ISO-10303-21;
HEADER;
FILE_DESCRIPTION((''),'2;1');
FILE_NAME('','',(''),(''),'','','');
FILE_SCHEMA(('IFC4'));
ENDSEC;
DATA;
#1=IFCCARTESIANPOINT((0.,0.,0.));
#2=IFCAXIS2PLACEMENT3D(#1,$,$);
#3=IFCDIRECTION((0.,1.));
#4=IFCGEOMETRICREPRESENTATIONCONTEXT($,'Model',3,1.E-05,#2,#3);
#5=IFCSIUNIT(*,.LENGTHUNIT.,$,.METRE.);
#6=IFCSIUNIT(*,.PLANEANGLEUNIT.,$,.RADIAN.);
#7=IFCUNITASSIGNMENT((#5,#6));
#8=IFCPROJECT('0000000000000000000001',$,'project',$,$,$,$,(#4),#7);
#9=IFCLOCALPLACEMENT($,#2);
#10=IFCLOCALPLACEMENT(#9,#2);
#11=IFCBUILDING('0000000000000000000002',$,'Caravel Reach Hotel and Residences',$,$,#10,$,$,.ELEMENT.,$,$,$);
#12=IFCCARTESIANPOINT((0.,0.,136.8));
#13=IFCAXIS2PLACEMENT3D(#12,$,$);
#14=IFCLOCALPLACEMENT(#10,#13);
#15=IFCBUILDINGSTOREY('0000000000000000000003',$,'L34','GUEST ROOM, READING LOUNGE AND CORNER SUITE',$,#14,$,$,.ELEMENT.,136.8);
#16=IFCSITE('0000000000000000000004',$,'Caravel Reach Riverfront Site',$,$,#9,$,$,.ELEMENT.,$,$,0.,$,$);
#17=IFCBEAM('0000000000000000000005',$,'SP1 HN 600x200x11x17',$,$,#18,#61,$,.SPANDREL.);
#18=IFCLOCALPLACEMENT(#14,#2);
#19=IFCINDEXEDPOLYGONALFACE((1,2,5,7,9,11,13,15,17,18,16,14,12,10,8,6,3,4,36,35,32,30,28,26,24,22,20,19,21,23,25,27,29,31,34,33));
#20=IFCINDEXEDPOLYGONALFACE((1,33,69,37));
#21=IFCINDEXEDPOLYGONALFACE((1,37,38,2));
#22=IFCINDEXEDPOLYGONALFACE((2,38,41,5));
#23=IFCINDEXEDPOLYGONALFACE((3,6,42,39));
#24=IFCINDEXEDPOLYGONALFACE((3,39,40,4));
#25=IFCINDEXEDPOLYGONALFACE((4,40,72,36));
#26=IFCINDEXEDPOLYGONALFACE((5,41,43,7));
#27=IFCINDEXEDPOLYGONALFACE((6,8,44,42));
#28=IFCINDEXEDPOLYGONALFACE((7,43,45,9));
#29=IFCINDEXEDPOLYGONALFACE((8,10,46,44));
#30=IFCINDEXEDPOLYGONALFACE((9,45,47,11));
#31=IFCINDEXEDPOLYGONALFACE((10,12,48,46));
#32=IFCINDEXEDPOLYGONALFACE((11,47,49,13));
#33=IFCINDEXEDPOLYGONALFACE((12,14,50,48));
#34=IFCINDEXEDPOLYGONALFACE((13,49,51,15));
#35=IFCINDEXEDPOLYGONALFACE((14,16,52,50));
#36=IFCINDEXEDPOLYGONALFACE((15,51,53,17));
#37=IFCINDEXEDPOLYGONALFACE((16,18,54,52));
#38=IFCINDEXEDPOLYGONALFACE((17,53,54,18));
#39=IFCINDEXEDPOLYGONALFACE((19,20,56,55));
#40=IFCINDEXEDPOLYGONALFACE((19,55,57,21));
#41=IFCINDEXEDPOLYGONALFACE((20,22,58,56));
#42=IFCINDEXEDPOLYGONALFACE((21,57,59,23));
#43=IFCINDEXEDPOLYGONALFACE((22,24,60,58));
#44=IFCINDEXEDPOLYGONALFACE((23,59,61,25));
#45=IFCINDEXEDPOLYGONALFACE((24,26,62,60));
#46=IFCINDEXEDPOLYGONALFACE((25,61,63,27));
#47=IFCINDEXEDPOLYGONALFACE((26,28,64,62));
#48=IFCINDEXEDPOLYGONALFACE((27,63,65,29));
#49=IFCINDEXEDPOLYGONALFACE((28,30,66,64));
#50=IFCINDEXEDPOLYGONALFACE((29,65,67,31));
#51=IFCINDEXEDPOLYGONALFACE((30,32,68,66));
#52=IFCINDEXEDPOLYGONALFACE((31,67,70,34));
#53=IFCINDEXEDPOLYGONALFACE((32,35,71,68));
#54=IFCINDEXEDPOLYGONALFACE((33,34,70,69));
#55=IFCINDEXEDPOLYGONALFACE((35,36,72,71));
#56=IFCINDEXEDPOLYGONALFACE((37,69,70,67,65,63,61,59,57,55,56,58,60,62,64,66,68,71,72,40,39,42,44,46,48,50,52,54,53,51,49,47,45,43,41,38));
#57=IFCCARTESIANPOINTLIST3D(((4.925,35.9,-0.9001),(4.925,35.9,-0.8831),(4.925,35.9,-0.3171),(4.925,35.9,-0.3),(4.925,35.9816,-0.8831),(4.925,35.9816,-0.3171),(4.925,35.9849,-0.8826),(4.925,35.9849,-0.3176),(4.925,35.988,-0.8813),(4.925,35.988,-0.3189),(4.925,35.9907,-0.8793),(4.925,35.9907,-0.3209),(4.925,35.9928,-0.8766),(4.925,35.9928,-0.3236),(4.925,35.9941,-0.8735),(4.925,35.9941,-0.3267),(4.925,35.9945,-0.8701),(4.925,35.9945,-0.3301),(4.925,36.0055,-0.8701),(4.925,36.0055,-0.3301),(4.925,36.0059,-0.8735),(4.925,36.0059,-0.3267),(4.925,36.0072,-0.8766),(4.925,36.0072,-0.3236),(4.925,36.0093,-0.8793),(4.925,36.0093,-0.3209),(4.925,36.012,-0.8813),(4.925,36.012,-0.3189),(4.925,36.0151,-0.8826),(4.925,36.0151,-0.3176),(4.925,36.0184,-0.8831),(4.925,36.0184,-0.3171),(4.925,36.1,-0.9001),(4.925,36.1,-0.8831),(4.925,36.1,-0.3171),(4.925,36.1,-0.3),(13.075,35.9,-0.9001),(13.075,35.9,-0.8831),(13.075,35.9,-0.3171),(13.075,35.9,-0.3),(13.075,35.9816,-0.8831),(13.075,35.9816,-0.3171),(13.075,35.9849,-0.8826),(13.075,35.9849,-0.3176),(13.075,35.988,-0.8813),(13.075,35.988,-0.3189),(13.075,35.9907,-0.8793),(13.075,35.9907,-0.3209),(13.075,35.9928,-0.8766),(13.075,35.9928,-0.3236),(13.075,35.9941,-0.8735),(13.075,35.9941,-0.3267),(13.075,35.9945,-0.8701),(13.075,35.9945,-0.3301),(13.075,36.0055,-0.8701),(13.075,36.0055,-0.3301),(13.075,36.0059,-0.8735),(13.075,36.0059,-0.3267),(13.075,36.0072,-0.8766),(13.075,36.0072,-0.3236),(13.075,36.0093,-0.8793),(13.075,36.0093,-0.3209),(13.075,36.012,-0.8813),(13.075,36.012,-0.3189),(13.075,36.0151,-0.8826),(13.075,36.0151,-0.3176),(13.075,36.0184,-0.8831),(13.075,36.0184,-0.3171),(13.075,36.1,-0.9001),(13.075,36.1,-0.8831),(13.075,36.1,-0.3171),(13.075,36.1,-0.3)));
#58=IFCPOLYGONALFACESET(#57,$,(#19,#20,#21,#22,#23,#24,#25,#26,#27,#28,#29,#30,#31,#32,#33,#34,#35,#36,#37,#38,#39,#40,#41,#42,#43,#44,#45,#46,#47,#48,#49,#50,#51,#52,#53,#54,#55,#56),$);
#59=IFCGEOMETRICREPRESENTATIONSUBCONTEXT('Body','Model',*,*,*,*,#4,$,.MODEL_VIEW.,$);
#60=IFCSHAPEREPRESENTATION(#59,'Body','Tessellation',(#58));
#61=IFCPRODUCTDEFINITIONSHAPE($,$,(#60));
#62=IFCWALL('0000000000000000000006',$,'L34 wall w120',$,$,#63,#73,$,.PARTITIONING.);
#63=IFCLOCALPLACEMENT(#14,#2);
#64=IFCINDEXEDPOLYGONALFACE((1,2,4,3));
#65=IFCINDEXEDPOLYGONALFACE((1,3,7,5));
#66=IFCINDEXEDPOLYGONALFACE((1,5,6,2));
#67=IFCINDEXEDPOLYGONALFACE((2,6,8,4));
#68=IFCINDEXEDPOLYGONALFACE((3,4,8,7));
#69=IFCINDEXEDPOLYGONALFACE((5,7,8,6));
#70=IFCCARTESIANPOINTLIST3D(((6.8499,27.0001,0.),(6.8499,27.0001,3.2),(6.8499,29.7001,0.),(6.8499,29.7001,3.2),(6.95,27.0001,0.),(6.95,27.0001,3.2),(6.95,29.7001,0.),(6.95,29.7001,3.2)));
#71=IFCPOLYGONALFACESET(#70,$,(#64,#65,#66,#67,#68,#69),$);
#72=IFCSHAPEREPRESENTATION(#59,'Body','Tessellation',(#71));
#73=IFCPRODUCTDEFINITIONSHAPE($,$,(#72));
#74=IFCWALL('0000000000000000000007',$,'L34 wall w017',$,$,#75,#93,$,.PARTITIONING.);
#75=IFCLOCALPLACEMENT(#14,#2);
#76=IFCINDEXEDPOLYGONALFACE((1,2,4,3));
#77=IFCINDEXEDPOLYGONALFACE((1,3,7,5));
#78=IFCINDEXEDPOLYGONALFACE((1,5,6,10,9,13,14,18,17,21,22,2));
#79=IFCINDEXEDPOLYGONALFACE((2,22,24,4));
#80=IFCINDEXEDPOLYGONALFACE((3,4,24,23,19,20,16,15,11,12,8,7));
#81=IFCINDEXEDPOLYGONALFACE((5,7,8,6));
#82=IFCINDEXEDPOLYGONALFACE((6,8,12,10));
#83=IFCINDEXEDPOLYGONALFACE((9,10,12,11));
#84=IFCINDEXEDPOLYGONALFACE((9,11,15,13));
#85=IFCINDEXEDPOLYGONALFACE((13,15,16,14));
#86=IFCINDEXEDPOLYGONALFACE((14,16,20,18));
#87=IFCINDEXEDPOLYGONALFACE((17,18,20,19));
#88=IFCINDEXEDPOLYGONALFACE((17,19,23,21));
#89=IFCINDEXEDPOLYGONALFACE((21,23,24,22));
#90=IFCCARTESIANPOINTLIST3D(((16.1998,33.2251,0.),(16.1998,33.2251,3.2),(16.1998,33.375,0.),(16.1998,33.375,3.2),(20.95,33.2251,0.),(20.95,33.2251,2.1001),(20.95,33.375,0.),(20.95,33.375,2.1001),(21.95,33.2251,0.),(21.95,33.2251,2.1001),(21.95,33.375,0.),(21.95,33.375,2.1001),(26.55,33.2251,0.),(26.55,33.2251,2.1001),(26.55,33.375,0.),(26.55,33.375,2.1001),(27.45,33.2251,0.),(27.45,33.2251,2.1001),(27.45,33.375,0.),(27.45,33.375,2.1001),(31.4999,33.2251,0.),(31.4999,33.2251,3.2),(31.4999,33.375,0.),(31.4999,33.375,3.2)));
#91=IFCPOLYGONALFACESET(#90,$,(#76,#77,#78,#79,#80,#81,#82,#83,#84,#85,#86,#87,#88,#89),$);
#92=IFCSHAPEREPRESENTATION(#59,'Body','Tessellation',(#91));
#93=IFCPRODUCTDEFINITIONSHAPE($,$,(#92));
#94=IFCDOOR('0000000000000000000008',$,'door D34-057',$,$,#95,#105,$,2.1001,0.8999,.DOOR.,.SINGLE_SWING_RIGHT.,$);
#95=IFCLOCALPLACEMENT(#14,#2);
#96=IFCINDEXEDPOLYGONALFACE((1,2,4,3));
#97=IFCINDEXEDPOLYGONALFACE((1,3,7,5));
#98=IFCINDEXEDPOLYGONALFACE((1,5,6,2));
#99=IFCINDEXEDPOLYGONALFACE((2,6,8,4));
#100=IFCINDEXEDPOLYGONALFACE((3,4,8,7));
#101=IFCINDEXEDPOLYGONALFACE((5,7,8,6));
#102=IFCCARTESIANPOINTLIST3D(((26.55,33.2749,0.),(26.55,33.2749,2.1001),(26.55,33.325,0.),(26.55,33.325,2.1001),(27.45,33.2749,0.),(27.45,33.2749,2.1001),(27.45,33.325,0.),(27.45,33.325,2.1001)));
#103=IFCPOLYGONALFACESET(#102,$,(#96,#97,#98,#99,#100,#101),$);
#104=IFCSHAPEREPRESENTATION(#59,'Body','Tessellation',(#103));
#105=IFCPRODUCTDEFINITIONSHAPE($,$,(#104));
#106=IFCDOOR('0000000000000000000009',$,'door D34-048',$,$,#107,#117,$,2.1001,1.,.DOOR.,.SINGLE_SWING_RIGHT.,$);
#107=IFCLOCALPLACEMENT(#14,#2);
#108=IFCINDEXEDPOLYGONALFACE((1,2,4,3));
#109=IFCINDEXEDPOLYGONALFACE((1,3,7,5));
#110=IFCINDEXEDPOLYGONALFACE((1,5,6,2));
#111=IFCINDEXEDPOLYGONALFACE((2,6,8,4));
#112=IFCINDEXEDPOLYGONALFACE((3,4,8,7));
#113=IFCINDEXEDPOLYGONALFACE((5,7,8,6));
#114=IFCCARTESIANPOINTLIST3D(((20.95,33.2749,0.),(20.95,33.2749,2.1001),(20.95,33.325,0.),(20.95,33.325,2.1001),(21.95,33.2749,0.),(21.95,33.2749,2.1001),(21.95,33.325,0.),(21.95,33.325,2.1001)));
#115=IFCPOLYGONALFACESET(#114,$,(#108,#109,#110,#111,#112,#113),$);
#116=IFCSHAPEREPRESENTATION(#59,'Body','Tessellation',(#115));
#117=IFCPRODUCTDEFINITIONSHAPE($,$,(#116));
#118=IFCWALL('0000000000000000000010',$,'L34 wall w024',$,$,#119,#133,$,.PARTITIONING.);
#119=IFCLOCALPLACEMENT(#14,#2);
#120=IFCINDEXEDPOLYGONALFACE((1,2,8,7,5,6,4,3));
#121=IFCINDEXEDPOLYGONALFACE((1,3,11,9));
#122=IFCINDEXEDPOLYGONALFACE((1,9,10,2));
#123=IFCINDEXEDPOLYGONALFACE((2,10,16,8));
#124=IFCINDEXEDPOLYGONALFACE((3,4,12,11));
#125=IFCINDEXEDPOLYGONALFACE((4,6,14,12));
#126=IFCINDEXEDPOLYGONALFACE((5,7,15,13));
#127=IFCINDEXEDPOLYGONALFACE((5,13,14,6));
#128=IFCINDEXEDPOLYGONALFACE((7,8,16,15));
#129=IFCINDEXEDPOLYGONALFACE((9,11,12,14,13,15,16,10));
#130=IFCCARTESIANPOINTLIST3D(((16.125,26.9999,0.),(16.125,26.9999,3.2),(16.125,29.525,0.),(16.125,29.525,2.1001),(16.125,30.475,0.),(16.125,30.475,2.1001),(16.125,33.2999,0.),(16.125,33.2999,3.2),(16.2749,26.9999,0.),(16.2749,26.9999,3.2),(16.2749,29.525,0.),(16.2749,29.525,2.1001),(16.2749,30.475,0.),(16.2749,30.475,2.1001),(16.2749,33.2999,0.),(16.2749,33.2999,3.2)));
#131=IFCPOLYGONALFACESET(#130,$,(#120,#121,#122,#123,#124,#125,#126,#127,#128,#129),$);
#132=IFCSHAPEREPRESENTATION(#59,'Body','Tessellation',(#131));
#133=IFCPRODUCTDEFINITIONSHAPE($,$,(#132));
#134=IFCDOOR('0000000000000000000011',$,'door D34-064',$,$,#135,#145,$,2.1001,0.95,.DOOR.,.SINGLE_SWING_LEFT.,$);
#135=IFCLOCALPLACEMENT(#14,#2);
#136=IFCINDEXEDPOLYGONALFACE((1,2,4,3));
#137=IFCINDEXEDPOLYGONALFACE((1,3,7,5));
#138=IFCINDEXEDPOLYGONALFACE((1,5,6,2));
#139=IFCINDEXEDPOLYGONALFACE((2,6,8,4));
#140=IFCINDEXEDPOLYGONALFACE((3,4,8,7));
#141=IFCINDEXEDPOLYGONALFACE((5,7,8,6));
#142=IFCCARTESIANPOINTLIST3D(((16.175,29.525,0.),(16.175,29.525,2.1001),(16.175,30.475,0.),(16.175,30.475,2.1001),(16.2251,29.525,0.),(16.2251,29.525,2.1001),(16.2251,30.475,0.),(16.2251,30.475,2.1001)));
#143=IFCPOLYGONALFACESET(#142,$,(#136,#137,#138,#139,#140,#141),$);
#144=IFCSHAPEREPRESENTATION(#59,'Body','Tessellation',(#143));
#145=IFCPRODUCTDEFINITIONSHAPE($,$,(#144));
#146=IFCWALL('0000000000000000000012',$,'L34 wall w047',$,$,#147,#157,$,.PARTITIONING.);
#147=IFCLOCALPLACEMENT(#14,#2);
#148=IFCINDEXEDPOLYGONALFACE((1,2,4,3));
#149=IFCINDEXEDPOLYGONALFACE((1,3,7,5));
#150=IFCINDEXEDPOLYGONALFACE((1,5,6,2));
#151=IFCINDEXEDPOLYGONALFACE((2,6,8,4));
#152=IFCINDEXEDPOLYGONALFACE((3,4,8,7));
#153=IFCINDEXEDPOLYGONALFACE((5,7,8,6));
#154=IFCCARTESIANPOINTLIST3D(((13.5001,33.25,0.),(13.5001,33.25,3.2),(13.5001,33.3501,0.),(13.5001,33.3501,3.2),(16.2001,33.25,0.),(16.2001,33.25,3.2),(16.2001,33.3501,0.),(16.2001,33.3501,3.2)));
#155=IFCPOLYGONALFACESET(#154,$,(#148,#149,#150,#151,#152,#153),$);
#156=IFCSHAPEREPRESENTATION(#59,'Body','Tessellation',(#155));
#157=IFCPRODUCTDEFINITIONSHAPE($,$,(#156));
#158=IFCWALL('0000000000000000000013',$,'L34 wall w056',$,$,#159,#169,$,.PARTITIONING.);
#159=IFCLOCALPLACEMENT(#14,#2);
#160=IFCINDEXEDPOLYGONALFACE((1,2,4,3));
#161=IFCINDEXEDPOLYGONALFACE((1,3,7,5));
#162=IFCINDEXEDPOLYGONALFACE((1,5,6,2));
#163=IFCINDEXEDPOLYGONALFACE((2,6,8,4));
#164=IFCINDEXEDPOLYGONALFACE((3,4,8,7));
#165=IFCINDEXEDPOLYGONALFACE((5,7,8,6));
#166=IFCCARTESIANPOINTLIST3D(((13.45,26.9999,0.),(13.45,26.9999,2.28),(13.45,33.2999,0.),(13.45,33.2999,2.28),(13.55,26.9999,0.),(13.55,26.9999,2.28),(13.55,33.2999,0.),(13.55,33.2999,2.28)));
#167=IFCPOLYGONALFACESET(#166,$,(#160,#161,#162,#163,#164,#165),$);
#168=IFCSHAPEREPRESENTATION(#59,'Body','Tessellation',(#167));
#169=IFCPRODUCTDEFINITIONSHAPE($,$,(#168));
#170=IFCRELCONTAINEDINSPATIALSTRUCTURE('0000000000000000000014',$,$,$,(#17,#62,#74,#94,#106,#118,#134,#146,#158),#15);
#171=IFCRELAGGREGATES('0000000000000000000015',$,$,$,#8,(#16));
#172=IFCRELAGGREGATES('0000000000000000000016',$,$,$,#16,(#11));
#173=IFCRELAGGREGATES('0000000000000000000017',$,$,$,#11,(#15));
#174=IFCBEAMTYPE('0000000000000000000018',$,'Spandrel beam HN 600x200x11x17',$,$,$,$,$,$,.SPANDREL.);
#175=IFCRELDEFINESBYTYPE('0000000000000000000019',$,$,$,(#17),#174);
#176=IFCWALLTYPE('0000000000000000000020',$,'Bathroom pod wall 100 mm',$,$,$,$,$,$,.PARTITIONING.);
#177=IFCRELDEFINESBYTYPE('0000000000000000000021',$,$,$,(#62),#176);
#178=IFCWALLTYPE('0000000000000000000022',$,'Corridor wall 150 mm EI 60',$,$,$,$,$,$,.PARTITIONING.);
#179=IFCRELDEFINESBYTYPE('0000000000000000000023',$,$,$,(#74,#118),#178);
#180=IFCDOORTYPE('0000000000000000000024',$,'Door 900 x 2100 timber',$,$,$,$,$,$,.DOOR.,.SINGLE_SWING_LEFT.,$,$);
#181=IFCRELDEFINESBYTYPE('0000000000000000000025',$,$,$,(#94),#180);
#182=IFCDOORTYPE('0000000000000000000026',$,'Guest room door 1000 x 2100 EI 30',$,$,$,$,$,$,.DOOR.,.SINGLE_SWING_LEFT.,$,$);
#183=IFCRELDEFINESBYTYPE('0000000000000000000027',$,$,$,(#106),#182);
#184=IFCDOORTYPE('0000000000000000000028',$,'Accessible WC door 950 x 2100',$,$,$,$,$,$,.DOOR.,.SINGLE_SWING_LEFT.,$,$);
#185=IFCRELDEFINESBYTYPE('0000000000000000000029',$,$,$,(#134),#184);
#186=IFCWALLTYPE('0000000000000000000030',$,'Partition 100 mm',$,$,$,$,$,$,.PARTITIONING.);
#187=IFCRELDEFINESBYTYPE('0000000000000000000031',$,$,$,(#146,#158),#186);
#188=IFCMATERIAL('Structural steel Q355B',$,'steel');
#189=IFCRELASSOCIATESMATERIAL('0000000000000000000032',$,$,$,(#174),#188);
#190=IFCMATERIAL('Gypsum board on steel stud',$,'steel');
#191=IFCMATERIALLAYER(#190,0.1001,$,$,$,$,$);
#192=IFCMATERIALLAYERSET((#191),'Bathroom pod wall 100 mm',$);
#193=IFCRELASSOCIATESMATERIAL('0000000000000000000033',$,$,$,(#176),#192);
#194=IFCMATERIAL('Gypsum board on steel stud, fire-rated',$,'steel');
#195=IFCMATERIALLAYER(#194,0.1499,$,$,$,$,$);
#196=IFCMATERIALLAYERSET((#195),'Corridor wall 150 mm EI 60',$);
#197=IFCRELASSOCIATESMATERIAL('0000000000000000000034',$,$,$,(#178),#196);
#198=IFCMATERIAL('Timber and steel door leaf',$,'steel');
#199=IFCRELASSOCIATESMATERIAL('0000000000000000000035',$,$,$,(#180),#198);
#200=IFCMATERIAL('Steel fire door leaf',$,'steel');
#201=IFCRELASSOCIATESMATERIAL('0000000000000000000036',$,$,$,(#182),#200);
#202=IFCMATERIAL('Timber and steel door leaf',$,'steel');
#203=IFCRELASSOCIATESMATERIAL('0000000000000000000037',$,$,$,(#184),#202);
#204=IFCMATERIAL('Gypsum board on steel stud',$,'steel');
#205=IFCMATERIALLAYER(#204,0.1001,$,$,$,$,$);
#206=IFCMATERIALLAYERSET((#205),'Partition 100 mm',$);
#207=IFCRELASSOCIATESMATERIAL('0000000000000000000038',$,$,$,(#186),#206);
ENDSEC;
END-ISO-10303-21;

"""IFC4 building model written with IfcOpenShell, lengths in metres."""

from ifc_helpers import new_model, si_unit, direction, frame, frame_2d, origin, origin_2d, place, context, subcontext, project, spatial, rectangle, i_section, extrude, material, layer, layer_set, material_profile, profile_set, type_object, element, fill, save


model = new_model("IFC4")

# Units and contexts
model_context = context("Model", 3, precision=1e-05, world=origin(), true_north=direction((0.0, 1.0)))
body_context = subcontext(model_context, "Body", "Model", "MODEL_VIEW")
ifc_project = project(units=[si_unit("LENGTHUNIT", "METRE"), si_unit("PLANEANGLEUNIT", "RADIAN")], contexts=[model_context])

# Site, building, storey
site_placement = place(None, origin())
site = spatial("IfcSite", under=ifc_project, at=site_placement, Name="Caravel Reach Riverfront Site", CompositionType="ELEMENT", RefElevation=0.0)
building_placement = place(site_placement, origin())
building = spatial("IfcBuilding", under=site, at=building_placement, Name="Caravel Reach Hotel and Residences", CompositionType="ELEMENT")
storey_placement = place(building_placement, frame((0.0, 0.0, 136.8)))
storey = spatial("IfcBuildingStorey", under=building, at=storey_placement, Name="L34", Description="GUEST ROOM, READING LOUNGE AND CORNER SUITE", CompositionType="ELEMENT", Elevation=136.8)

# Beam
ifc_material_1 = material(Name="Structural steel Q355B", Category="steel")
ifc_material_profile_1 = material_profile(ifc_material_1, i_section(OverallWidth=0.2, OverallDepth=0.6001, WebThickness=0.011, FlangeThickness=0.0171, FilletRadius=0.0129, at=origin_2d()), Name="HN 600x200x11x17")
ifc_profile_set_1 = profile_set([ifc_material_profile_1], Name="Structural steel Q355B")
beam_type_1 = type_object("IfcBeamType", Name="Spandrel beam HN 600x200x11x17", PredefinedType="SPANDREL", material=ifc_profile_set_1)
beam_1_placement = place(storey_placement, frame((13.075, 36.0, -0.6001), z_axis=(-1.0, 0.0, 0.0), x_axis=(0.0, -1.0, 0.0)))
element("IfcBeam", 1, at=beam_1_placement, inside=storey, type_object=beam_type_1, Name="SP1 HN 600x200x11x17", PredefinedType="SPANDREL", context=body_context, shape_type="SweptSolid", body=[
    extrude(i_section(OverallWidth=0.2, OverallDepth=0.6001, WebThickness=0.011, FlangeThickness=0.0171, FilletRadius=0.0129, at=origin_2d()), origin(), (0.0, 0.0, 1.0), 8.1499),
])

# Wall
ifc_material_2 = material(Name="Gypsum board on steel stud", Category="steel")
ifc_layer_1 = layer(ifc_material_2, 0.1001)
ifc_layer_set_1 = layer_set([ifc_layer_1], Name="Bathroom pod wall 100 mm")
wall_type_1 = type_object("IfcWallType", Name="Bathroom pod wall 100 mm", PredefinedType="PARTITIONING", material=ifc_layer_set_1)
wall_1_placement = place(storey_placement, frame((6.8999, 27.0, 0.0), z_axis=(0.0, 0.0, 1.0), x_axis=(0.0, 1.0, 0.0)))
element("IfcWall", 2, at=wall_1_placement, inside=storey, type_object=wall_type_1, Name="L34 wall w120", PredefinedType="PARTITIONING", context=body_context, shape_type="SweptSolid", body=[
    extrude(rectangle(XDim=2.7, YDim=0.1001, at=frame_2d((1.3501, 0.0))), origin(), (0.0, 0.0, 1.0), 3.2),
])

# Wall, openings, doors
ifc_material_3 = material(Name="Gypsum board on steel stud, fire-rated", Category="steel")
ifc_layer_2 = layer(ifc_material_3, 0.1499)
ifc_layer_set_2 = layer_set([ifc_layer_2], Name="Corridor wall 150 mm EI 60")
wall_type_2 = type_object("IfcWallType", Name="Corridor wall 150 mm EI 60", PredefinedType="PARTITIONING", material=ifc_layer_set_2)
wall_2_placement = place(storey_placement, frame((16.2, 33.3, 0.0), z_axis=(0.0, 0.0, 1.0), x_axis=(1.0, 0.0, 0.0)))
wall_2 = element("IfcWall", 3, at=wall_2_placement, inside=storey, type_object=wall_type_2, Name="L34 wall w017", PredefinedType="PARTITIONING", context=body_context, shape_type="SweptSolid", body=[
    extrude(rectangle(XDim=15.3, YDim=0.1499, at=frame_2d((7.6499, 0.0))), origin(), (0.0, 0.0, 1.0), 3.2),
])
opening_1_placement = place(wall_2_placement, frame((4.75, 0.0, 0.0)))
opening_1 = element("IfcOpeningElement", 4, at=opening_1_placement, cuts=wall_2, PredefinedType="OPENING", context=body_context, shape_type="SweptSolid", body=[
    extrude(rectangle(XDim=1.0, YDim=2.1001, at=frame_2d((0.5, 1.05))), frame((0.0, 0.085, 0.0), z_axis=(0.0, -1.0, 0.0), x_axis=(1.0, 0.0, 0.0)), (0.0, 0.0, 1.0), 0.1699),
])
opening_2_placement = place(wall_2_placement, frame((10.3501, 0.0, 0.0)))
opening_2 = element("IfcOpeningElement", 5, at=opening_2_placement, cuts=wall_2, PredefinedType="OPENING", context=body_context, shape_type="SweptSolid", body=[
    extrude(rectangle(XDim=0.8999, YDim=2.1001, at=frame_2d((0.45, 1.05))), frame((0.0, 0.085, 0.0), z_axis=(0.0, -1.0, 0.0), x_axis=(1.0, 0.0, 0.0)), (0.0, 0.0, 1.0), 0.1699),
])
ifc_material_4 = material(Name="Timber and steel door leaf", Category="steel")
door_type_1 = type_object("IfcDoorType", Name="Door 900 x 2100 timber", OperationType="SINGLE_SWING_LEFT", PredefinedType="DOOR", material=ifc_material_4)
door_1_placement = place(opening_2_placement, origin())
door_1 = element("IfcDoor", 6, at=door_1_placement, inside=storey, type_object=door_type_1, Name="door D34-057", OperationType="SINGLE_SWING_RIGHT", OverallHeight=2.1001, OverallWidth=0.8999, PredefinedType="DOOR", context=body_context, shape_type="SweptSolid", body=[
    extrude(rectangle(XDim=0.8999, YDim=2.1001, at=frame_2d((0.45, 1.05))), frame((0.0, 0.0249, 0.0), z_axis=(0.0, -1.0, 0.0), x_axis=(1.0, 0.0, 0.0)), (0.0, 0.0, 1.0), 0.05),
])
fill(opening_2, door_1)
ifc_material_5 = material(Name="Steel fire door leaf", Category="steel")
door_type_2 = type_object("IfcDoorType", Name="Guest room door 1000 x 2100 EI 30", OperationType="SINGLE_SWING_LEFT", PredefinedType="DOOR", material=ifc_material_5)
door_2_placement = place(opening_1_placement, origin())
door_2 = element("IfcDoor", 7, at=door_2_placement, inside=storey, type_object=door_type_2, Name="door D34-048", OperationType="SINGLE_SWING_RIGHT", OverallHeight=2.1001, OverallWidth=1.0, PredefinedType="DOOR", context=body_context, shape_type="SweptSolid", body=[
    extrude(rectangle(XDim=1.0, YDim=2.1001, at=frame_2d((0.5, 1.05))), frame((0.0, 0.0249, 0.0), z_axis=(0.0, -1.0, 0.0), x_axis=(1.0, 0.0, 0.0)), (0.0, 0.0, 1.0), 0.05),
])
fill(opening_1, door_2)

# Wall, opening, door
wall_3_placement = place(storey_placement, frame((16.2, 27.0, 0.0), z_axis=(0.0, 0.0, 1.0), x_axis=(0.0, 1.0, 0.0)))
wall_3 = element("IfcWall", 8, at=wall_3_placement, inside=storey, type_object=wall_type_2, Name="L34 wall w024", PredefinedType="PARTITIONING", context=body_context, shape_type="SweptSolid", body=[
    extrude(rectangle(XDim=6.3, YDim=0.1499, at=frame_2d((3.1499, 0.0))), origin(), (0.0, 0.0, 1.0), 3.2),
])
opening_3_placement = place(wall_3_placement, frame((2.5249, 0.0, 0.0)))
opening_3 = element("IfcOpeningElement", 9, at=opening_3_placement, cuts=wall_3, PredefinedType="OPENING", context=body_context, shape_type="SweptSolid", body=[
    extrude(rectangle(XDim=0.95, YDim=2.1001, at=frame_2d((0.4751, 1.05))), frame((0.0, 0.085, 0.0), z_axis=(0.0, -1.0, 0.0), x_axis=(1.0, 0.0, 0.0)), (0.0, 0.0, 1.0), 0.1699),
])
ifc_material_6 = material(Name="Timber and steel door leaf", Category="steel")
door_type_3 = type_object("IfcDoorType", Name="Accessible WC door 950 x 2100", OperationType="SINGLE_SWING_LEFT", PredefinedType="DOOR", material=ifc_material_6)
door_3_placement = place(opening_3_placement, origin())
door_3 = element("IfcDoor", 10, at=door_3_placement, inside=storey, type_object=door_type_3, Name="door D34-064", OperationType="SINGLE_SWING_LEFT", OverallHeight=2.1001, OverallWidth=0.95, PredefinedType="DOOR", context=body_context, shape_type="SweptSolid", body=[
    extrude(rectangle(XDim=0.95, YDim=2.1001, at=frame_2d((0.4751, 1.05))), frame((0.0, 0.0249, 0.0), z_axis=(0.0, -1.0, 0.0), x_axis=(1.0, 0.0, 0.0)), (0.0, 0.0, 1.0), 0.05),
])
fill(opening_3, door_3)

# Walls
ifc_material_7 = material(Name="Gypsum board on steel stud", Category="steel")
ifc_layer_3 = layer(ifc_material_7, 0.1001)
ifc_layer_set_3 = layer_set([ifc_layer_3], Name="Partition 100 mm")
wall_type_3 = type_object("IfcWallType", Name="Partition 100 mm", PredefinedType="PARTITIONING", material=ifc_layer_set_3)
wall_4_placement = place(storey_placement, frame((13.5, 33.3, 0.0), z_axis=(0.0, 0.0, 1.0), x_axis=(1.0, 0.0, 0.0)))
element("IfcWall", 11, at=wall_4_placement, inside=storey, type_object=wall_type_3, Name="L34 wall w047", PredefinedType="PARTITIONING", context=body_context, shape_type="SweptSolid", body=[
    extrude(rectangle(XDim=2.7, YDim=0.1001, at=frame_2d((1.3501, 0.0))), origin(), (0.0, 0.0, 1.0), 3.2),
])
wall_5_placement = place(storey_placement, frame((13.5, 27.0, 0.0), z_axis=(0.0, 0.0, 1.0), x_axis=(0.0, 1.0, 0.0)))
element("IfcWall", 12, at=wall_5_placement, inside=storey, type_object=wall_type_3, Name="L34 wall w056", PredefinedType="PARTITIONING", context=body_context, shape_type="SweptSolid", body=[
    extrude(rectangle(XDim=6.3, YDim=0.1001, at=frame_2d((3.1499, 0.0))), origin(), (0.0, 0.0, 1.0), 2.28),
])

save(model, "model.ifc")
